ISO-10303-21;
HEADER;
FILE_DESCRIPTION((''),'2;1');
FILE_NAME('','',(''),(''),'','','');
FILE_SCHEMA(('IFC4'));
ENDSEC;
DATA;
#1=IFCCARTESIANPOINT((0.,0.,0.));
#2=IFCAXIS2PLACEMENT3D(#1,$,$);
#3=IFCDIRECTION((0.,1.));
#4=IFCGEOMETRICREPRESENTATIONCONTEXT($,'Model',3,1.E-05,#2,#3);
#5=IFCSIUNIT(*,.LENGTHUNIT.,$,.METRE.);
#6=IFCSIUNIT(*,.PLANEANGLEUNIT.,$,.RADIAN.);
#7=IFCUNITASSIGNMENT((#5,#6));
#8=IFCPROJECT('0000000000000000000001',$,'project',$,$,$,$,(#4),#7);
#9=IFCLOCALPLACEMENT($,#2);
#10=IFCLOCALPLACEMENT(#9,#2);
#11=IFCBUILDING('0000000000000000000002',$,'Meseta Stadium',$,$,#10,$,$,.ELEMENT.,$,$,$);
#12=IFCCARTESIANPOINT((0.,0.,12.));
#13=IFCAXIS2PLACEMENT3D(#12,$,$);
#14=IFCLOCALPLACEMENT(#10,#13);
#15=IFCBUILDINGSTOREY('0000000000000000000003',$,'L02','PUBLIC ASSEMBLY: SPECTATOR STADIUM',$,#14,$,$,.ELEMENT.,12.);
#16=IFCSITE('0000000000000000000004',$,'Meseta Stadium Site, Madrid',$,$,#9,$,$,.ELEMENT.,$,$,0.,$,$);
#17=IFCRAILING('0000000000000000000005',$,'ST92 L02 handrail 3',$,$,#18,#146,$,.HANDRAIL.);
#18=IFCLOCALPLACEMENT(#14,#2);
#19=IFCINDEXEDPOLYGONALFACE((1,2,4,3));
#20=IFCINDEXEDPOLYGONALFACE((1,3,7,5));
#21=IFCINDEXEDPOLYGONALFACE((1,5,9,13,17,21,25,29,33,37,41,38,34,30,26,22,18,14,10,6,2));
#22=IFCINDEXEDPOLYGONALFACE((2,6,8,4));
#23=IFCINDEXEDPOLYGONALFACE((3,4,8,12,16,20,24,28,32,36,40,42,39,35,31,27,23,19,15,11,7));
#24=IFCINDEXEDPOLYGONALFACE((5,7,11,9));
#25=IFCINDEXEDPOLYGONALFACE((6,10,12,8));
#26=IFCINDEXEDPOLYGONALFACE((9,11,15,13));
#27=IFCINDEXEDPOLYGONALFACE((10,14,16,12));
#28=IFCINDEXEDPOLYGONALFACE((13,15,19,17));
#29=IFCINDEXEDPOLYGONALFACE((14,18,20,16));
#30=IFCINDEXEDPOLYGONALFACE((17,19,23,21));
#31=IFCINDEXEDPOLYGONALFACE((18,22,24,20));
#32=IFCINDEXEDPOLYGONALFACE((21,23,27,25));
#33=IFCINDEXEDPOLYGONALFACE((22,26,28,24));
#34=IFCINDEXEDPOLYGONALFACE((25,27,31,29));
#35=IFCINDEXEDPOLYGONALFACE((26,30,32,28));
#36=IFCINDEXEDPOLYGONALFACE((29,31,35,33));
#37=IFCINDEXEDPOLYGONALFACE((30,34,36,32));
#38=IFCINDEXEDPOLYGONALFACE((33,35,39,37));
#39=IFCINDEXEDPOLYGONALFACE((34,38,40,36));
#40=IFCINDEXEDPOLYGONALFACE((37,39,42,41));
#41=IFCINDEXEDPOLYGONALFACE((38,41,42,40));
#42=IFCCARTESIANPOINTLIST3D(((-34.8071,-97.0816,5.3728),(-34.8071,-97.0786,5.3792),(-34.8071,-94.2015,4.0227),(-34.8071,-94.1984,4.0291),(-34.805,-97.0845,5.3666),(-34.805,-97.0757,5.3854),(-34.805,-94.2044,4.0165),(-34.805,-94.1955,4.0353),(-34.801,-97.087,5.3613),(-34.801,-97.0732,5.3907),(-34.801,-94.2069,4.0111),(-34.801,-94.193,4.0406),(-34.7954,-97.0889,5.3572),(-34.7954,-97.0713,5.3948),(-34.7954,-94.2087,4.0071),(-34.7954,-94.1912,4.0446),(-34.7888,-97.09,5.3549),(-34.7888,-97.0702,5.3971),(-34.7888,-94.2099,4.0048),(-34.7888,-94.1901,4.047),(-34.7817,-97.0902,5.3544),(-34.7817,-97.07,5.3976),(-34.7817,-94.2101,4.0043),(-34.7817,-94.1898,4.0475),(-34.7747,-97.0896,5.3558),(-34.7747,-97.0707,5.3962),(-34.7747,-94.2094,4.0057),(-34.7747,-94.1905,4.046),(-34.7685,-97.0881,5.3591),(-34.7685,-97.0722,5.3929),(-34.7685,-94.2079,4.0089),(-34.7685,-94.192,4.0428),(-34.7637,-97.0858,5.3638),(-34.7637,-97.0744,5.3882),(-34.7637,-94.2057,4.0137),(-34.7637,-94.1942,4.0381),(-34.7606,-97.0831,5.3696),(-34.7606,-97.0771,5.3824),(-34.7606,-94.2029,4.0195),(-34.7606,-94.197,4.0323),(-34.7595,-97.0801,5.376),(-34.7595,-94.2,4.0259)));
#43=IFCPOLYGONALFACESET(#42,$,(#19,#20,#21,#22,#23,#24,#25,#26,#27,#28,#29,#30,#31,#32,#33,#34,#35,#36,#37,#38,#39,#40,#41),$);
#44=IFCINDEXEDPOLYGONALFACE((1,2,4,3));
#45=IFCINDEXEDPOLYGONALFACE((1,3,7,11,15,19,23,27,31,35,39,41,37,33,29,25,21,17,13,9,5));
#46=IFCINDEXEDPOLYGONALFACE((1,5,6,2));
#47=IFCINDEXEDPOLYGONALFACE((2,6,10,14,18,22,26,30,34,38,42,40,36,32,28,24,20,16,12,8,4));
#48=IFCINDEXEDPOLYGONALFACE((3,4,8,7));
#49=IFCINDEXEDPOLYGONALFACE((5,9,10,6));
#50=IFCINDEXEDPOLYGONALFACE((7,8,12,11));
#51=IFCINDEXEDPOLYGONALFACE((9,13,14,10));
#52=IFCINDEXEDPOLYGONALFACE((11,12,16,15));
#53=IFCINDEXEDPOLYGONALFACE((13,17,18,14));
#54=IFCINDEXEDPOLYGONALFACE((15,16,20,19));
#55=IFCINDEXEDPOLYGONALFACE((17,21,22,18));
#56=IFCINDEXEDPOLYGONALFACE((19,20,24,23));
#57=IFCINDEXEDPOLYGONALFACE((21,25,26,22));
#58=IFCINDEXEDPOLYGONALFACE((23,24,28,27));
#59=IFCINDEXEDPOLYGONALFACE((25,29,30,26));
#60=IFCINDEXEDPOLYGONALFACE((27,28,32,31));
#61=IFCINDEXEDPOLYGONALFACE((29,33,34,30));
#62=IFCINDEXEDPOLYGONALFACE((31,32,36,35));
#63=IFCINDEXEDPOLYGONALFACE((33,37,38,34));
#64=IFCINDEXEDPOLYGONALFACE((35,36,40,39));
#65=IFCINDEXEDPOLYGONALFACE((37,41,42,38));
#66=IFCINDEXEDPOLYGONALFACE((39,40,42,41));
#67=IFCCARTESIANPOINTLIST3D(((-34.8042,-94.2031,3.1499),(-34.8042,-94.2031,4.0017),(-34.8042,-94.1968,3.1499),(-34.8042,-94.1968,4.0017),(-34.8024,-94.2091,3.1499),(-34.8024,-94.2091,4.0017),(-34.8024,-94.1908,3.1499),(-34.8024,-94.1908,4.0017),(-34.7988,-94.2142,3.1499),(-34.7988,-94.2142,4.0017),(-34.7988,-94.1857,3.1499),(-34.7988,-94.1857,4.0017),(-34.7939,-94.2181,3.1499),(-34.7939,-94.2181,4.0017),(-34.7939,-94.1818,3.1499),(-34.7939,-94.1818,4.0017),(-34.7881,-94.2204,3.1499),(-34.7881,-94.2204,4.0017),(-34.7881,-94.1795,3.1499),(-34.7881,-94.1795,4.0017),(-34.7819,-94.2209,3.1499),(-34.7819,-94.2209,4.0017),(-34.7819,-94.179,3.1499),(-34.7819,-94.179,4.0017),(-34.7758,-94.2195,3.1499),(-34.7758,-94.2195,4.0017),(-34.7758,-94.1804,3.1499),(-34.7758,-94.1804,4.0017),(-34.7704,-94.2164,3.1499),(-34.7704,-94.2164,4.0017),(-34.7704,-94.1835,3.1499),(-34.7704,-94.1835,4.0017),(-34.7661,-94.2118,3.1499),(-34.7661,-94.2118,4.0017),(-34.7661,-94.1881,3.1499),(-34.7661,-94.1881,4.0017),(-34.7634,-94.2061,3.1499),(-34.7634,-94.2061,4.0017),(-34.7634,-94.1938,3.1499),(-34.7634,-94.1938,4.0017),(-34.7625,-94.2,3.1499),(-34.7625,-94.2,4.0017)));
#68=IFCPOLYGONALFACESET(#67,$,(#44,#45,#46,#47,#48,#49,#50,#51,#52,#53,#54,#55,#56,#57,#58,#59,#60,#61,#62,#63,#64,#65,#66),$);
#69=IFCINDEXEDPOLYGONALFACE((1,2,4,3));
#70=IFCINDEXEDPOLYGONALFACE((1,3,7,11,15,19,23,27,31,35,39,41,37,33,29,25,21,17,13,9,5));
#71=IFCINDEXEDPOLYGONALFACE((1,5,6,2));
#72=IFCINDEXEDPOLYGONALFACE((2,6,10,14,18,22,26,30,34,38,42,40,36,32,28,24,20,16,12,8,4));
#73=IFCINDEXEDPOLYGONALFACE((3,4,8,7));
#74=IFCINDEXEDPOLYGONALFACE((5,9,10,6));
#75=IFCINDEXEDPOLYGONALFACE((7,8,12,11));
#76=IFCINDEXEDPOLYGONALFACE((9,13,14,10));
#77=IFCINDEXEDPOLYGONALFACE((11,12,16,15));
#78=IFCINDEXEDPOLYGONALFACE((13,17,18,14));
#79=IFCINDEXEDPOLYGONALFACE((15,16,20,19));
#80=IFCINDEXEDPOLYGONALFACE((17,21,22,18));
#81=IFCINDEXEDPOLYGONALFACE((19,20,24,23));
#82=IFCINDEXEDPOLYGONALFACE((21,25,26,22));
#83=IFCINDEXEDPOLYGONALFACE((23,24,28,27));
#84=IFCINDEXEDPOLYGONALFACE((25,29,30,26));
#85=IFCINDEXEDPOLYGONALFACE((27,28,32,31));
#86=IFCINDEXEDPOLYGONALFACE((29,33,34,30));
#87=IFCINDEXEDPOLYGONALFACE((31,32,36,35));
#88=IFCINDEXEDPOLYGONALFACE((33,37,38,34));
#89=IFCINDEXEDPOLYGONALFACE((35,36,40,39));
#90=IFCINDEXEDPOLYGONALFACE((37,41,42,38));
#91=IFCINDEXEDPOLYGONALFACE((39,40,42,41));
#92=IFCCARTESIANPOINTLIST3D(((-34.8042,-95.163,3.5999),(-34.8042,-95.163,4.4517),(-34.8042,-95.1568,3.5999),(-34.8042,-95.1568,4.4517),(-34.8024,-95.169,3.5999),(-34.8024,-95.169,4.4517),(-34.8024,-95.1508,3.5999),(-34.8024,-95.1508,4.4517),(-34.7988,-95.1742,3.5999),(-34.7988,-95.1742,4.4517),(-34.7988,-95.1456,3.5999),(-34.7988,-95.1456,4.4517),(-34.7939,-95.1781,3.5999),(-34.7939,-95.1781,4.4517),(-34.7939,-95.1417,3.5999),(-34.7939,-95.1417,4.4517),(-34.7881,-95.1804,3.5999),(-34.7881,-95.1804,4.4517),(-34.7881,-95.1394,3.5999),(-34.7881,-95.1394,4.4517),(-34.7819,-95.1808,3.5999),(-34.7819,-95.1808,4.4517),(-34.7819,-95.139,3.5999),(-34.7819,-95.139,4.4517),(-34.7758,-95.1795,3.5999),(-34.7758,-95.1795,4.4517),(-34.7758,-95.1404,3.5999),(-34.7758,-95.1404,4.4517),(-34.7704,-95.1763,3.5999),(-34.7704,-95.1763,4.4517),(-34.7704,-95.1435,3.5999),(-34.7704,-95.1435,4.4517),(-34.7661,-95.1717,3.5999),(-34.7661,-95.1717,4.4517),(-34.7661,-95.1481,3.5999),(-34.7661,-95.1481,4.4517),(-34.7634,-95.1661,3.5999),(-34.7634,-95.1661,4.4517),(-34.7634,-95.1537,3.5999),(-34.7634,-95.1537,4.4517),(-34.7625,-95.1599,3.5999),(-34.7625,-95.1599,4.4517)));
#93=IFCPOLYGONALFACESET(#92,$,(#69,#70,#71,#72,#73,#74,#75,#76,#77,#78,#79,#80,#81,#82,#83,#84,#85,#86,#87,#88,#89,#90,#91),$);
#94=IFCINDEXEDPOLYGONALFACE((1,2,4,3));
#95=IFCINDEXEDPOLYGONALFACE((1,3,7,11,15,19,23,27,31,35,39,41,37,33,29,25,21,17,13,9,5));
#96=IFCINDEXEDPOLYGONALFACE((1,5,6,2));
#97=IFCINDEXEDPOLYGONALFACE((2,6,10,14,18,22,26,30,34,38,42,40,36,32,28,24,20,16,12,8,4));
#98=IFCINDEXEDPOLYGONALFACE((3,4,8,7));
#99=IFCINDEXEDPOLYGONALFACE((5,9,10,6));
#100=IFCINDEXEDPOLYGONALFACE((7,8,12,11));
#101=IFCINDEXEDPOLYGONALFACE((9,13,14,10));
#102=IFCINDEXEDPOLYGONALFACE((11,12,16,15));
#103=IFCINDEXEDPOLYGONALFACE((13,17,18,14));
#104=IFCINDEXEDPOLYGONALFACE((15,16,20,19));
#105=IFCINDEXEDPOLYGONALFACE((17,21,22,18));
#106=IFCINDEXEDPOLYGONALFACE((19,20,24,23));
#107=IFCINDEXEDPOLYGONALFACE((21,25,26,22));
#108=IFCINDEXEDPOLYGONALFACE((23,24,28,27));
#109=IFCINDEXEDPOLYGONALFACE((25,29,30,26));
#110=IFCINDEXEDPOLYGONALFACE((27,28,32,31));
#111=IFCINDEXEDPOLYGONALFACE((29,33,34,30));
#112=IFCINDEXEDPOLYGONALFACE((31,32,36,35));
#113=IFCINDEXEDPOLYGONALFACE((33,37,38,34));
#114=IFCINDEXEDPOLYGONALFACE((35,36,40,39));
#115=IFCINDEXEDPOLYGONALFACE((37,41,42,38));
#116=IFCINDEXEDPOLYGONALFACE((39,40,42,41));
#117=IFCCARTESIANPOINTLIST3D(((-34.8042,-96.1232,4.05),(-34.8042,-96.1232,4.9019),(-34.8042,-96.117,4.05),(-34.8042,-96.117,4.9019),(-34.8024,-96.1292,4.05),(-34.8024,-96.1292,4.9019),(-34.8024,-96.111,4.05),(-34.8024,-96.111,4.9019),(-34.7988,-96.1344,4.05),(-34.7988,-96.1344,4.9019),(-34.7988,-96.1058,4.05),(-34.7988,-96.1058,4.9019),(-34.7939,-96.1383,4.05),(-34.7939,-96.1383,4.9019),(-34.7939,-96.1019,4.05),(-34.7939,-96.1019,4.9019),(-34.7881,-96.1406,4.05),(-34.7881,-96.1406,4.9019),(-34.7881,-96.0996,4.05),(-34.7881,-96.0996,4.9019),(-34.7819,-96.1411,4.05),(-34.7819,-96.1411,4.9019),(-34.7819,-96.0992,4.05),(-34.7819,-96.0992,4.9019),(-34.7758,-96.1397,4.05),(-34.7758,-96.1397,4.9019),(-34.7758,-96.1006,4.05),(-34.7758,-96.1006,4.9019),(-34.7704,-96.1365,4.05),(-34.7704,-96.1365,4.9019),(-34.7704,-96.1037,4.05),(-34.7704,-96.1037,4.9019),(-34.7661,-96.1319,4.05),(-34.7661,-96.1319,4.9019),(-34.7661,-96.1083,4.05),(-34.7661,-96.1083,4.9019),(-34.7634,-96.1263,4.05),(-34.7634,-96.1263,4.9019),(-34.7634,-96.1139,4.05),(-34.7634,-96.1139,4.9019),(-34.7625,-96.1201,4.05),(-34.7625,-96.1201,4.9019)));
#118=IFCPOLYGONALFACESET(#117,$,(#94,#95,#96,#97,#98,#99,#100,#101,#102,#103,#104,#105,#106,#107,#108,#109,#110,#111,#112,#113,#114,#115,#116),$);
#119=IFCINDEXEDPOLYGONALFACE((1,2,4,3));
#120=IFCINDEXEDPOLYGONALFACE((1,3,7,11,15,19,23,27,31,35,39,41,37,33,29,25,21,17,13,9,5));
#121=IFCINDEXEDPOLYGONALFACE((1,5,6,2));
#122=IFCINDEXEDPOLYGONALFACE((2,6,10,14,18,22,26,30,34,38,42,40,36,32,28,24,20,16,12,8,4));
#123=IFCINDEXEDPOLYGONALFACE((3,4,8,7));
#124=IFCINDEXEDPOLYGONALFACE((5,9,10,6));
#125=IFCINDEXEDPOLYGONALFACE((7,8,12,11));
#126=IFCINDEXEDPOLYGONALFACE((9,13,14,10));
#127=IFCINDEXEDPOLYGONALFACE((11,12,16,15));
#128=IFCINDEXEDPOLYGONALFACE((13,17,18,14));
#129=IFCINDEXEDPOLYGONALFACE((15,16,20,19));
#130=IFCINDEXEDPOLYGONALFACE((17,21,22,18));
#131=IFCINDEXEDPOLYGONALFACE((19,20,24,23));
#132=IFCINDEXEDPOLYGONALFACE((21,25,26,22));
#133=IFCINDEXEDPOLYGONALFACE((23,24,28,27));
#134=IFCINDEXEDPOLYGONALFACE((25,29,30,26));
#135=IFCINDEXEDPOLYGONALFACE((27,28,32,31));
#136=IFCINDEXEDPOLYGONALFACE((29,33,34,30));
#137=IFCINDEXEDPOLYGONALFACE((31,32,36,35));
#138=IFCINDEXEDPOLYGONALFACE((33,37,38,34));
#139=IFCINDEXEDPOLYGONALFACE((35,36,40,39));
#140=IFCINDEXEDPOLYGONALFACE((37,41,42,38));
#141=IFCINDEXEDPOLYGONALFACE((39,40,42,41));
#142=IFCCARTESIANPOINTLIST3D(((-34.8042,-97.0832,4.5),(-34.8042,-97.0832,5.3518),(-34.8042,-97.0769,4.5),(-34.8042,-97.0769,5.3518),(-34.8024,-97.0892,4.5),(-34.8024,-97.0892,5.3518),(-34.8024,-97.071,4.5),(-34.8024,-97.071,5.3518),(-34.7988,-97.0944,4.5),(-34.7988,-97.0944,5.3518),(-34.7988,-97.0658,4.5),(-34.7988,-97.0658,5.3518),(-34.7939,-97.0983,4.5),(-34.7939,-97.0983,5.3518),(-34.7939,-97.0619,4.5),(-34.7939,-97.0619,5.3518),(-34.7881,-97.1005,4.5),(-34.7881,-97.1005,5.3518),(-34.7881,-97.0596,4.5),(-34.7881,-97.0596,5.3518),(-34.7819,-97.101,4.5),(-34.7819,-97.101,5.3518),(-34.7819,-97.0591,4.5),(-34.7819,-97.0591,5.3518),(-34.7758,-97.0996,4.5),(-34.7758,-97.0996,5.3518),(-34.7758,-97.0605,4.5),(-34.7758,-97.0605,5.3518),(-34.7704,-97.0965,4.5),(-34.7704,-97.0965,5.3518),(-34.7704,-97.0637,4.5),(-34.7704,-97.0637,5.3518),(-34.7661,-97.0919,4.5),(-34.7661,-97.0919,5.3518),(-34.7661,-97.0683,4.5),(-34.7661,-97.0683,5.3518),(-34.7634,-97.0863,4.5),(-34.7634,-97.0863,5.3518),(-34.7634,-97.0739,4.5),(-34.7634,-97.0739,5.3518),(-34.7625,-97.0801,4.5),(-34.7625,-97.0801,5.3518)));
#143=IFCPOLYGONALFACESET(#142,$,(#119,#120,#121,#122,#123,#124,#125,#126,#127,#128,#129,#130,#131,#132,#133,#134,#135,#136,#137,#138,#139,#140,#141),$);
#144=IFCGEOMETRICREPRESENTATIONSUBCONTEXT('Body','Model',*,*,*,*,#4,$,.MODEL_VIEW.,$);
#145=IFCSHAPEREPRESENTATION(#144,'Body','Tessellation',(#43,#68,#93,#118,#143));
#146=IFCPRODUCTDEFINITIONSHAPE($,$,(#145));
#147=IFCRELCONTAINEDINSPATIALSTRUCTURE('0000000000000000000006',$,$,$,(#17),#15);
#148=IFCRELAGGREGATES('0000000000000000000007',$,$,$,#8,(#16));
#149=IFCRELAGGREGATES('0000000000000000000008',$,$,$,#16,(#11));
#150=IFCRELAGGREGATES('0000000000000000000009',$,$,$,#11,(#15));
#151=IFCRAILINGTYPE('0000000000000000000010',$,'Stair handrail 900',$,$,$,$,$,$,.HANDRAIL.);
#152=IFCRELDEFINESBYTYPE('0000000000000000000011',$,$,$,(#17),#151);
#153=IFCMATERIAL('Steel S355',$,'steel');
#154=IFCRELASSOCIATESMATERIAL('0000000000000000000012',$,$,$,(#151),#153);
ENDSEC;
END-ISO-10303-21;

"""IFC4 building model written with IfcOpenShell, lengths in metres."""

from ifc_helpers import new_model, si_unit, direction, frame, origin, origin_2d, place, context, subcontext, project, spatial, circle, extrude, material, type_object, element, save


model = new_model("IFC4")

# Units and contexts
model_context = context("Model", 3, precision=1e-05, world=origin(), true_north=direction((0.0, 1.0)))
body_context = subcontext(model_context, "Body", "Model", "MODEL_VIEW")
ifc_project = project(units=[si_unit("LENGTHUNIT", "METRE"), si_unit("PLANEANGLEUNIT", "RADIAN")], contexts=[model_context])

# Site, building, storey
site_placement = place(None, origin())
site = spatial("IfcSite", under=ifc_project, at=site_placement, Name="Meseta Stadium Site, Madrid", CompositionType="ELEMENT", RefElevation=0.0)
building_placement = place(site_placement, origin())
building = spatial("IfcBuilding", under=site, at=building_placement, Name="Meseta Stadium", CompositionType="ELEMENT")
storey_placement = place(building_placement, frame((0.0, 0.0, 12.0)))
storey = spatial("IfcBuildingStorey", under=building, at=storey_placement, Name="L02", Description="PUBLIC ASSEMBLY: SPECTATOR STADIUM", CompositionType="ELEMENT", Elevation=12.0)

# Railing
ifc_material_1 = material(Name="Steel S355", Category="steel")
railing_type_1 = type_object("IfcRailingType", Name="Stair handrail 900", PredefinedType="HANDRAIL", material=ifc_material_1)
for number, where, name in (
    (1, (-34.7834, -94.2, 3.1499), "ST92 L02 handrail 3"),
):
    element("IfcRailing", number, at=place(storey_placement, frame(where)), inside=storey, type_object=railing_type_1, Name=name, PredefinedType="HANDRAIL", context=body_context, shape_type="SweptSolid", body=[
        extrude(circle(Radius=0.0239, at=origin_2d()), frame((0.0, 0.0, 0.876), z_axis=(0.0, -0.905454, 0.424444), x_axis=(1.0, 0.0, 0.0)), (0.0, 0.0, 1.0), 3.1809),
        extrude(circle(Radius=0.021, at=origin_2d()), origin(), (0.0, 0.0, 1.0), 0.8518),
        extrude(circle(Radius=0.021, at=origin_2d()), frame((0.0, -0.96, 0.45)), (0.0, 0.0, 1.0), 0.8518),
        extrude(circle(Radius=0.021, at=origin_2d()), frame((0.0, -1.9202, 0.9001)), (0.0, 0.0, 1.0), 0.8518),
        extrude(circle(Radius=0.021, at=origin_2d()), frame((0.0, -2.8801, 1.3501)), (0.0, 0.0, 1.0), 0.8518),
    ])

save(model, "model.ifc")
